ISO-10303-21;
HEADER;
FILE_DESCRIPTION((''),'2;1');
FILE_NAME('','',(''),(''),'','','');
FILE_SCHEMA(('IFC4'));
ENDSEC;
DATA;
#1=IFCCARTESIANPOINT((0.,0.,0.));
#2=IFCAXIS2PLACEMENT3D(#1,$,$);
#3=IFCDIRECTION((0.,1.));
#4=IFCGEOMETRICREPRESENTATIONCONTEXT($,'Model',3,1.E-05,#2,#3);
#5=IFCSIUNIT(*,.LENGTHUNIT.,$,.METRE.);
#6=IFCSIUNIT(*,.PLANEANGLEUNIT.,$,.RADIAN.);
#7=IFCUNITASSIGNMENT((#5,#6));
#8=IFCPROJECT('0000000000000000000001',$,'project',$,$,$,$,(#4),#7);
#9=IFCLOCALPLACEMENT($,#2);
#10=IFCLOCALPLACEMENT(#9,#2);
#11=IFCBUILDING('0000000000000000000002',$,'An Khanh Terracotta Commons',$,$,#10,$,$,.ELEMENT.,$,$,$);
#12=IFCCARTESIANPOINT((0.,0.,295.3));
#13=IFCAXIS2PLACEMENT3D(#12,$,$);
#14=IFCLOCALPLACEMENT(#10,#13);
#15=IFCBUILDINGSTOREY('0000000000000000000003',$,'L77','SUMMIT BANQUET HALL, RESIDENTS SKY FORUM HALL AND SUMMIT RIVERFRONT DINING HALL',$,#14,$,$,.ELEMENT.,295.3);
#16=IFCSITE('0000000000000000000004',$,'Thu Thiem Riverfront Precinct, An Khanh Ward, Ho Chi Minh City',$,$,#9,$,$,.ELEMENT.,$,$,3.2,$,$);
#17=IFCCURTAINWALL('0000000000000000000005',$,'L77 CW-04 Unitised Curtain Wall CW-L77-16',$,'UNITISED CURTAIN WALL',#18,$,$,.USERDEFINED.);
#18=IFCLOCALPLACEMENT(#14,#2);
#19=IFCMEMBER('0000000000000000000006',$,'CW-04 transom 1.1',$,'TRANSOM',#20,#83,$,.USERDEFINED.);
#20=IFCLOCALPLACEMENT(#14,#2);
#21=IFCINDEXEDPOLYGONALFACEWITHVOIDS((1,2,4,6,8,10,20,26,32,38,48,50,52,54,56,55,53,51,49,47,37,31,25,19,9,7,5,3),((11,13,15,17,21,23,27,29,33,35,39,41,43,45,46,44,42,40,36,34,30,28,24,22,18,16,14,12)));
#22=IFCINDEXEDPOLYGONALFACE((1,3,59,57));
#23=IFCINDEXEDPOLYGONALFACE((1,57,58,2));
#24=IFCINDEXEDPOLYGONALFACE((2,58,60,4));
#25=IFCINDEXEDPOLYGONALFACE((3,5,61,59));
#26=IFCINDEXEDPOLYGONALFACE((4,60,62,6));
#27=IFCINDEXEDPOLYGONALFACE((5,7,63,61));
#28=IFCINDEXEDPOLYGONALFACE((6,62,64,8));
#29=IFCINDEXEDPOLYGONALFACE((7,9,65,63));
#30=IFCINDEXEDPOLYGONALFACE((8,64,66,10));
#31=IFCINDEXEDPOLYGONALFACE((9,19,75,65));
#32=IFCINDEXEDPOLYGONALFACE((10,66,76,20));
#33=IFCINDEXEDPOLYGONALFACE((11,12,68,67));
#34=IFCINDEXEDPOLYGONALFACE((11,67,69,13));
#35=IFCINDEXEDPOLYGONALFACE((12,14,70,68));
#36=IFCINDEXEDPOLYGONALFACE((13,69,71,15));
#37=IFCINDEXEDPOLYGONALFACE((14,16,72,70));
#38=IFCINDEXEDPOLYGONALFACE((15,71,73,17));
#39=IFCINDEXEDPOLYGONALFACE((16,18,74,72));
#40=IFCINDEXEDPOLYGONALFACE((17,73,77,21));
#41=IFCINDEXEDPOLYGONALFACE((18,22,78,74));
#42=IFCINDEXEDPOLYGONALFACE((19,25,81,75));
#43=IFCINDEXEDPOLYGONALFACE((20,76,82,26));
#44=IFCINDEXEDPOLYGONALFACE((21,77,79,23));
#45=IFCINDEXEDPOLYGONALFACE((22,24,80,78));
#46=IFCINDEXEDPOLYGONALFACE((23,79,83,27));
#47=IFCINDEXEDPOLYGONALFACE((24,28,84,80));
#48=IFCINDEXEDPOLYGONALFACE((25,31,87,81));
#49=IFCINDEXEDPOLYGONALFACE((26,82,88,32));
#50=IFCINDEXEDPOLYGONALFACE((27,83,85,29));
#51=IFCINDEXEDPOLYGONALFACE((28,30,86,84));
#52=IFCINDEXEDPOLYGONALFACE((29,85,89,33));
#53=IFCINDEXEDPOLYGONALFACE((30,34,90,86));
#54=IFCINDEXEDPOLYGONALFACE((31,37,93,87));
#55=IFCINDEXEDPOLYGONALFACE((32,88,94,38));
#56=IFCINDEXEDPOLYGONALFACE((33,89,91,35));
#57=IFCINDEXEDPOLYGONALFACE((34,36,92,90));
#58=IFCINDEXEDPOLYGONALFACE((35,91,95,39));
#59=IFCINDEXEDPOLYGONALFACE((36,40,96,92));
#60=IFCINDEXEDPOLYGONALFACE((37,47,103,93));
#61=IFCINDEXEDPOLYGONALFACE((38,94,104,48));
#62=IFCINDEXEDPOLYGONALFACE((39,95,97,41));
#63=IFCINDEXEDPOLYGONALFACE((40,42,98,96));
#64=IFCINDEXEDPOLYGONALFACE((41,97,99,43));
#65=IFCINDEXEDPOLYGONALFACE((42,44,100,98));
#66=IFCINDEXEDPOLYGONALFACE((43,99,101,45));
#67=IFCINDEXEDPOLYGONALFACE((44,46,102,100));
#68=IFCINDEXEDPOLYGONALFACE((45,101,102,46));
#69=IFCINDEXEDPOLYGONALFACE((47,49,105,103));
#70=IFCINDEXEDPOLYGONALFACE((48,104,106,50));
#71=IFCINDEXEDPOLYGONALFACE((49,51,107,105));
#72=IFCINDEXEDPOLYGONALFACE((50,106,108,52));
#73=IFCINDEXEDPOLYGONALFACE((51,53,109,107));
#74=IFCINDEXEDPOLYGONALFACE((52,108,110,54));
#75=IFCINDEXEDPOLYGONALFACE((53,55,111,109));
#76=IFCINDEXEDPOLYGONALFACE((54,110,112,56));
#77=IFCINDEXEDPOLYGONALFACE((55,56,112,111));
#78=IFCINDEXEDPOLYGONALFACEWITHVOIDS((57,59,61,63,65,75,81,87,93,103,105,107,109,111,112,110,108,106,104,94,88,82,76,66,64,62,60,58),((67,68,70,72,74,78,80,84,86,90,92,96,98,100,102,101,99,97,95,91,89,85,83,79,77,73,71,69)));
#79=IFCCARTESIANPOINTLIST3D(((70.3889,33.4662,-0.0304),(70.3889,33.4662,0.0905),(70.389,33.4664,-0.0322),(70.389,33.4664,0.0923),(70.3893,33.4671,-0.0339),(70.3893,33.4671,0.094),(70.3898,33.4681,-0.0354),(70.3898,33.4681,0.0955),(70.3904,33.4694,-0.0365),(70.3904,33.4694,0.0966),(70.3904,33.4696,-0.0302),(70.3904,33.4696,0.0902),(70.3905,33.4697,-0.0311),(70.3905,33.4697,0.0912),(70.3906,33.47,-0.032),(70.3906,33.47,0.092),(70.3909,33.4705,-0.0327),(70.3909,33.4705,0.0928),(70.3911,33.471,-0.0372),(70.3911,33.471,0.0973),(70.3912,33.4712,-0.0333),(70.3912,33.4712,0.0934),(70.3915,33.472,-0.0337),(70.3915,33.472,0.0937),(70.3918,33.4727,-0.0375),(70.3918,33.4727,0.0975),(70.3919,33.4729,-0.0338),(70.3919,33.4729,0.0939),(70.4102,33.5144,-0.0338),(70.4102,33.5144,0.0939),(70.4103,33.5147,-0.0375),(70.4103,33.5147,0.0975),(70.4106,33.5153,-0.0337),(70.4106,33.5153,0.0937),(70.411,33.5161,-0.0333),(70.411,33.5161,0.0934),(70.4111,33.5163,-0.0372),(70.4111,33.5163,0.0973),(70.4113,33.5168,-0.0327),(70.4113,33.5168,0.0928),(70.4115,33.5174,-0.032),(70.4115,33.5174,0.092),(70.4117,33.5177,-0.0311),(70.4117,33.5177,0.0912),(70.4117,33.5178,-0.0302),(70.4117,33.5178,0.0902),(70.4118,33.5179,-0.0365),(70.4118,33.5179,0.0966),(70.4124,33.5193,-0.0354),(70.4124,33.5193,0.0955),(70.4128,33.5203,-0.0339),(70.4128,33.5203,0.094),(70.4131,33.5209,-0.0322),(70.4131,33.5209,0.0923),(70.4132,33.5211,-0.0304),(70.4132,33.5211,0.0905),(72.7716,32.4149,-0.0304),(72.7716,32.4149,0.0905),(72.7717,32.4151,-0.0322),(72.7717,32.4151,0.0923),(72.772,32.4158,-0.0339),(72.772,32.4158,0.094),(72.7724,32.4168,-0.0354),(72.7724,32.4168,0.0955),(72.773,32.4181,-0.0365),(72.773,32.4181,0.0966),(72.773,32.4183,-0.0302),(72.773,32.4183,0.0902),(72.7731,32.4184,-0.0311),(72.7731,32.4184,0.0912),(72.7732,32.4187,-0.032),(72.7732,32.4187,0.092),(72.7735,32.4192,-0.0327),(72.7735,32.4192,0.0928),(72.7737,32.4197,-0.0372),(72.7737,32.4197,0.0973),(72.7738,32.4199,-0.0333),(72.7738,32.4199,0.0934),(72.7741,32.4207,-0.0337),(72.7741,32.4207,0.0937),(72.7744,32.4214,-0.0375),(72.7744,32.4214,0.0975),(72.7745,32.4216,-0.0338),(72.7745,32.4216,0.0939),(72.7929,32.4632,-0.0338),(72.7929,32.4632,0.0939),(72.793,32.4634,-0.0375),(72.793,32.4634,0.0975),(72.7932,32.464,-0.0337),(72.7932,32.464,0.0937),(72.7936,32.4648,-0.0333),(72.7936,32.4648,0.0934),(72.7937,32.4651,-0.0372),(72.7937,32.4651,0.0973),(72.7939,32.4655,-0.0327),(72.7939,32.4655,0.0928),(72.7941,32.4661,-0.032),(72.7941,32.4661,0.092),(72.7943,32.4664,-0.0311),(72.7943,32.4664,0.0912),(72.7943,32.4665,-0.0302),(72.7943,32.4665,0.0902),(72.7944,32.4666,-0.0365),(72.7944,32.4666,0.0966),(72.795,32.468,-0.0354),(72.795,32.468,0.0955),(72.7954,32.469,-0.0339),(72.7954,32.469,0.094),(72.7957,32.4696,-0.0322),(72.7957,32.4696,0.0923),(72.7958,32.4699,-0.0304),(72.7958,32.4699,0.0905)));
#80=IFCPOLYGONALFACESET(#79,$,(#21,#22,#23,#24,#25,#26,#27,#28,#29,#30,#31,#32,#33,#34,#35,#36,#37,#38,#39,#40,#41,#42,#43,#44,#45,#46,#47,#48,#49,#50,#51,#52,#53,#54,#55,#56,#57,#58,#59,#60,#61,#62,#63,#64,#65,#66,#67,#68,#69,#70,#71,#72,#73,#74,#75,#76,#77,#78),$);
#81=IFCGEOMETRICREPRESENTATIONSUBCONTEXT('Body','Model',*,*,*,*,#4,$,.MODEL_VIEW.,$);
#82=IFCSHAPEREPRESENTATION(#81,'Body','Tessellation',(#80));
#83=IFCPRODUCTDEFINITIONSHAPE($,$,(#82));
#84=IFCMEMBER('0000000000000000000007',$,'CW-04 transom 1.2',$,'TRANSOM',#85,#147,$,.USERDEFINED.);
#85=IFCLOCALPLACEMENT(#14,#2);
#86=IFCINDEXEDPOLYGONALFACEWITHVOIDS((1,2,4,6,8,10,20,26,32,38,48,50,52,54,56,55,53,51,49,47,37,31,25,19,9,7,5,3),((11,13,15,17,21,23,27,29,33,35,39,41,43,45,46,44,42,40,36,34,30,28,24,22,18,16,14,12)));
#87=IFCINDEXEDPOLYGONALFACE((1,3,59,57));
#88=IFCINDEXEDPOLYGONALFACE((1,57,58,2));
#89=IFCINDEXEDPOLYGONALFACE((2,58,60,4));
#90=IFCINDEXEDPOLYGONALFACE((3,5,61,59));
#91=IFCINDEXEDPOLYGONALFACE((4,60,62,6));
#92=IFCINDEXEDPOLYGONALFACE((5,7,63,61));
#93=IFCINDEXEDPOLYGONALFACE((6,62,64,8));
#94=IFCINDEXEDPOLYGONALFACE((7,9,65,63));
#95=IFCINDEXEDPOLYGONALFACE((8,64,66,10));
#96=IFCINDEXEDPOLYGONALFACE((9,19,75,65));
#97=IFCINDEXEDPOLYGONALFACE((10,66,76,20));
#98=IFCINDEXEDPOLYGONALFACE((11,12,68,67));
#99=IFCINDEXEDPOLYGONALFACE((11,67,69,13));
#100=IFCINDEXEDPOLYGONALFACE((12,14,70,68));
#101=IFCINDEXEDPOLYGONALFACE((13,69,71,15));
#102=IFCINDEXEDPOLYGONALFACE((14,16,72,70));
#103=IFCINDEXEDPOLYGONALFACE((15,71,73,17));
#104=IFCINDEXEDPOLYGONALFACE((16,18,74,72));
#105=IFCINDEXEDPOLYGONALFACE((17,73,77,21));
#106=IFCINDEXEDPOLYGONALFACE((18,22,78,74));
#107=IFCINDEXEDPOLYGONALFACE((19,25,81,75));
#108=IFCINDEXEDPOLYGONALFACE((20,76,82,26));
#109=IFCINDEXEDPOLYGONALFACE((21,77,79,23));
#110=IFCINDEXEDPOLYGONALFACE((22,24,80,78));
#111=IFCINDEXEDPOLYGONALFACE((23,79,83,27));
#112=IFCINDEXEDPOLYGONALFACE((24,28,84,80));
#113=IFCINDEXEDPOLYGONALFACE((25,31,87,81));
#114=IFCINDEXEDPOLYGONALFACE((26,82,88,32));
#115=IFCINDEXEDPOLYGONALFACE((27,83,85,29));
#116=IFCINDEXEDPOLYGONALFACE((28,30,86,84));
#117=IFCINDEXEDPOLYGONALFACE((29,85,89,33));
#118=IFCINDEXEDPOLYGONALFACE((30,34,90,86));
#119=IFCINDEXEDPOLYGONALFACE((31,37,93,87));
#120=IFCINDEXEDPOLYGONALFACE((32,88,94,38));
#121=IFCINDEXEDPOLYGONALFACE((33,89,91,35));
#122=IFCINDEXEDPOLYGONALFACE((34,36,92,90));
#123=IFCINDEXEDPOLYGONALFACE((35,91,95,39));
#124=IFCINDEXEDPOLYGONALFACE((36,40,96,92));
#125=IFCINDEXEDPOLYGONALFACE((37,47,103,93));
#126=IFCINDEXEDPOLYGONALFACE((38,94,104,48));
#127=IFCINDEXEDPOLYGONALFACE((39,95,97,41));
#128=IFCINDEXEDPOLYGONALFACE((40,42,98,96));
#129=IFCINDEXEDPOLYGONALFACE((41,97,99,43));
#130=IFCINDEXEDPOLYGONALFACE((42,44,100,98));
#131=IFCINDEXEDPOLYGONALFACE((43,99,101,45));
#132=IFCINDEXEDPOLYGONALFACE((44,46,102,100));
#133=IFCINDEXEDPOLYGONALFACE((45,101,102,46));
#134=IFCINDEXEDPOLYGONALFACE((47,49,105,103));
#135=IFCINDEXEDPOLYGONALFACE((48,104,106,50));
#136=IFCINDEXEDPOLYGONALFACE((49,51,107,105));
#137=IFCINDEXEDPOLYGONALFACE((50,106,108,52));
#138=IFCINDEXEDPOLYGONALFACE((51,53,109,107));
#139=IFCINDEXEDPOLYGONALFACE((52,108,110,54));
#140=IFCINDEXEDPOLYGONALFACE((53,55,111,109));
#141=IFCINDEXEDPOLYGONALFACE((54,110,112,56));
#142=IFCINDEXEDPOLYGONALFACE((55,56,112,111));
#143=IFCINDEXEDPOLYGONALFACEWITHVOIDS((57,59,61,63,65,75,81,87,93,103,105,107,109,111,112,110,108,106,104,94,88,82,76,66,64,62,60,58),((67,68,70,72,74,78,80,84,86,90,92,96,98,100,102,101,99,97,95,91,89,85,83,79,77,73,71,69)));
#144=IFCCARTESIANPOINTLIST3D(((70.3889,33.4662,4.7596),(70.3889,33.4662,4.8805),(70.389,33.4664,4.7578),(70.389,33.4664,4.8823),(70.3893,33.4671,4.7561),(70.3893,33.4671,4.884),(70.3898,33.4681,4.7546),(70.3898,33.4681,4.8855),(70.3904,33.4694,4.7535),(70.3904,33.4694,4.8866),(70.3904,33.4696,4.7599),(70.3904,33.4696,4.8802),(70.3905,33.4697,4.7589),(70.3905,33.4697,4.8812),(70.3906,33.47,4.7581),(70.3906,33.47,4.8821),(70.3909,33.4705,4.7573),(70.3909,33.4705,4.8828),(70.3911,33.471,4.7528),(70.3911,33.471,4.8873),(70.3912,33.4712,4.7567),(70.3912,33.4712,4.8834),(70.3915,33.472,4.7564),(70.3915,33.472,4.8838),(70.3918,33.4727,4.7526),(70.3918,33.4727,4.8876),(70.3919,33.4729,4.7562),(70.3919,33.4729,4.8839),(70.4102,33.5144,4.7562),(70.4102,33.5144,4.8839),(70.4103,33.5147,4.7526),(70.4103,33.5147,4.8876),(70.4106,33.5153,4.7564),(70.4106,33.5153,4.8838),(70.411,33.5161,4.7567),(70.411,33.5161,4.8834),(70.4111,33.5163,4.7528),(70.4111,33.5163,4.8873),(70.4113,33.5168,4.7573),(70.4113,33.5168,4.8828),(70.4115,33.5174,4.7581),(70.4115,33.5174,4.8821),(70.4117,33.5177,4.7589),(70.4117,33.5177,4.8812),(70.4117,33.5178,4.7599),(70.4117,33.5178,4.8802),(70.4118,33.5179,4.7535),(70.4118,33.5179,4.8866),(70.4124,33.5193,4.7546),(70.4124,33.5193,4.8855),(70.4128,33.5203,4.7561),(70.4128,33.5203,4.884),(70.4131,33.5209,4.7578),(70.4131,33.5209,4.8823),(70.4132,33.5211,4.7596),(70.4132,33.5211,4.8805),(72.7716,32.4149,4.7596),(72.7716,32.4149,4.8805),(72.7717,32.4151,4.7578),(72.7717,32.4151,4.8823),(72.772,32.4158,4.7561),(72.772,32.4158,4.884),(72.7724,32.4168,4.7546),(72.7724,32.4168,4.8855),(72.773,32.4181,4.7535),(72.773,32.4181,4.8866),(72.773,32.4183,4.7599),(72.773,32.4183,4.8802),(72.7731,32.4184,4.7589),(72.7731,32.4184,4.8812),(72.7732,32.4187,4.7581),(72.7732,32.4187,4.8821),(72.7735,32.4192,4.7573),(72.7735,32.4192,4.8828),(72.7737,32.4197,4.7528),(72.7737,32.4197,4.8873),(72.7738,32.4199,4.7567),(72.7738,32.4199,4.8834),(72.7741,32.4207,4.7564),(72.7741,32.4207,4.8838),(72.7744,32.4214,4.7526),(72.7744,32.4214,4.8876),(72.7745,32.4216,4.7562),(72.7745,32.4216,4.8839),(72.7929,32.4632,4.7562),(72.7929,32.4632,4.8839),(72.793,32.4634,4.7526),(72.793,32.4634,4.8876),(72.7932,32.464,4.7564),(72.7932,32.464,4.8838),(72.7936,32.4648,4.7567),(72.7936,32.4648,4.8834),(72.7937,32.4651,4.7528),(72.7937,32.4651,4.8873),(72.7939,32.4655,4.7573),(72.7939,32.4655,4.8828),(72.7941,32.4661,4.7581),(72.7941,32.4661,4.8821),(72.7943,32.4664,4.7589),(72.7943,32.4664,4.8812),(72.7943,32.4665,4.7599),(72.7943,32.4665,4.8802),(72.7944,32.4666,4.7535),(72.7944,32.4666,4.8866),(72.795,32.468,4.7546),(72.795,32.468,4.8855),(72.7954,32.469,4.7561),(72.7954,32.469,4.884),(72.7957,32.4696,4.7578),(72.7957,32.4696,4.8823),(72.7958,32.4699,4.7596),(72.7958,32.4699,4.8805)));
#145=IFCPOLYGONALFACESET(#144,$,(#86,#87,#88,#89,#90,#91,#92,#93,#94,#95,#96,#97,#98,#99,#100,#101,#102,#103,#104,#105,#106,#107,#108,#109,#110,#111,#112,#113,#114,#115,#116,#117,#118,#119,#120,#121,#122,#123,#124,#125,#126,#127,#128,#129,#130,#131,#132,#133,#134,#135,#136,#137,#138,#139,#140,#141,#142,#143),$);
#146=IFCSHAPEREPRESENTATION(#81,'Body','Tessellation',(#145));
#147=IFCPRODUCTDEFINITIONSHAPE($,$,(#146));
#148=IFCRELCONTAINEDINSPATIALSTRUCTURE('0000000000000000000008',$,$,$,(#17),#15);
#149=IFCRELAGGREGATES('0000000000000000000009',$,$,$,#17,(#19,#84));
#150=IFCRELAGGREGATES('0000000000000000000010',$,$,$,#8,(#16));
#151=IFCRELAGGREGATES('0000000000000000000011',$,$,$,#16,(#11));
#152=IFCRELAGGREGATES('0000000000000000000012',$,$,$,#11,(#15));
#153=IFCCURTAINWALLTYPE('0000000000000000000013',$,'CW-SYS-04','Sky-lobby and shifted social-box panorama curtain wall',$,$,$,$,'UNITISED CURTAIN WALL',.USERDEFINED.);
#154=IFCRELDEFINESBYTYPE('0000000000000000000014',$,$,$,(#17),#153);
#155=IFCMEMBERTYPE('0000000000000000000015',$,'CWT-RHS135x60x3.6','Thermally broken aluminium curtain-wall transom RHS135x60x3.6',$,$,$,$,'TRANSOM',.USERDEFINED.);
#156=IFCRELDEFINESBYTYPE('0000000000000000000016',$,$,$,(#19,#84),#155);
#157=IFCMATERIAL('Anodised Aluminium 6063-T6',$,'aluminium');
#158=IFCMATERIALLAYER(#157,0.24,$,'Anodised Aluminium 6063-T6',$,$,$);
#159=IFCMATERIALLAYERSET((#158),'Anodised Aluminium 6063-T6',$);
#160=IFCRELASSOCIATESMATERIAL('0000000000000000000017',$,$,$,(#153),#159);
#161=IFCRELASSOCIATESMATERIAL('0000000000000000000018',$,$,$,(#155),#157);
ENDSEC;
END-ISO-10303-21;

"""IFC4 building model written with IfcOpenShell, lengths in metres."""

from ifc_helpers import new_model, si_unit, direction, frame, origin, origin_2d, place, context, subcontext, project, spatial, hollow_rectangle, extrude, material, layer, layer_set, material_profile, profile_set, type_object, element, aggregate, save


model = new_model("IFC4")

# Units and contexts
model_context = context("Model", 3, precision=1e-05, world=origin(), true_north=direction((0.0, 1.0)))
body_context = subcontext(model_context, "Body", "Model", "MODEL_VIEW")
ifc_project = project(units=[si_unit("LENGTHUNIT", "METRE"), si_unit("PLANEANGLEUNIT", "RADIAN")], contexts=[model_context])

# Site, building, storey
site_placement = place(None, origin())
site = spatial("IfcSite", under=ifc_project, at=site_placement, Name="Thu Thiem Riverfront Precinct, An Khanh Ward, Ho Chi Minh City", CompositionType="ELEMENT", RefElevation=3.2)
building_placement = place(site_placement, origin())
building = spatial("IfcBuilding", under=site, at=building_placement, Name="An Khanh Terracotta Commons", CompositionType="ELEMENT")
storey_placement = place(building_placement, frame((0.0, 0.0, 295.3)))
storey = spatial("IfcBuildingStorey", under=building, at=storey_placement, Name="L77", Description="SUMMIT BANQUET HALL, RESIDENTS SKY FORUM HALL AND SUMMIT RIVERFRONT DINING HALL", CompositionType="ELEMENT", Elevation=295.3)

# Curtain wall
ifc_material_1 = material(Name="Anodised Aluminium 6063-T6", Category="aluminium")
ifc_layer_1 = layer(ifc_material_1, 0.24, Name="Anodised Aluminium 6063-T6")
ifc_layer_set_1 = layer_set([ifc_layer_1], Name="Anodised Aluminium 6063-T6")
curtain_wall_type = type_object("IfcCurtainWallType", Name="CW-SYS-04", Description="Sky-lobby and shifted social-box panorama curtain wall", ElementType="UNITISED CURTAIN WALL", PredefinedType="USERDEFINED", material=ifc_layer_set_1)
curtain_wall_1_placement = place(storey_placement, origin())
curtain_wall_1 = element("IfcCurtainWall", 1, at=curtain_wall_1_placement, inside=storey, type_object=curtain_wall_type, Name="L77 CW-04 Unitised Curtain Wall CW-L77-16", ObjectType="UNITISED CURTAIN WALL", PredefinedType="USERDEFINED")

# Members
ifc_material_profile_1 = material_profile(ifc_material_1, hollow_rectangle(XDim=0.0601, YDim=0.135, WallThickness=0.0037, InnerFilletRadius=0.0037, OuterFilletRadius=0.0071, at=origin_2d()), Name="RHS135x60x3.6")
ifc_profile_set_1 = profile_set([ifc_material_profile_1], Name="Anodised Aluminium 6063-T6")
member_type_1 = type_object("IfcMemberType", Name="CWT-RHS135x60x3.6", Description="Thermally broken aluminium curtain-wall transom RHS135x60x3.6", ElementType="TRANSOM", PredefinedType="USERDEFINED", material=ifc_profile_set_1)
member_1_placement = place(storey_placement, frame((72.7837, 32.4424, 0.03), z_axis=(-0.914898, 0.403684, 0.0), x_axis=(-0.403684, -0.914898, 0.0)))
member_1 = element("IfcMember", 2, at=member_1_placement, type_object=member_type_1, Name="CW-04 transom 1.1", ObjectType="TRANSOM", PredefinedType="USERDEFINED", context=body_context, shape_type="SweptSolid", body=[
    extrude(hollow_rectangle(XDim=0.0601, YDim=0.135, WallThickness=0.0037, InnerFilletRadius=0.0037, OuterFilletRadius=0.0071, at=origin_2d()), origin(), (0.0, 0.0, 1.0), 2.6042),
])
member_2_placement = place(storey_placement, frame((72.7837, 32.4424, 4.8201), z_axis=(-0.914898, 0.403684, 0.0), x_axis=(-0.403684, -0.914898, 0.0)))
member_2 = element("IfcMember", 3, at=member_2_placement, type_object=member_type_1, Name="CW-04 transom 1.2", ObjectType="TRANSOM", PredefinedType="USERDEFINED", context=body_context, shape_type="SweptSolid", body=[
    extrude(hollow_rectangle(XDim=0.0601, YDim=0.135, WallThickness=0.0037, InnerFilletRadius=0.0037, OuterFilletRadius=0.0071, at=origin_2d()), origin(), (0.0, 0.0, 1.0), 2.6042),
])

aggregate(curtain_wall_1, [member_1, member_2])

save(model, "model.ifc")
